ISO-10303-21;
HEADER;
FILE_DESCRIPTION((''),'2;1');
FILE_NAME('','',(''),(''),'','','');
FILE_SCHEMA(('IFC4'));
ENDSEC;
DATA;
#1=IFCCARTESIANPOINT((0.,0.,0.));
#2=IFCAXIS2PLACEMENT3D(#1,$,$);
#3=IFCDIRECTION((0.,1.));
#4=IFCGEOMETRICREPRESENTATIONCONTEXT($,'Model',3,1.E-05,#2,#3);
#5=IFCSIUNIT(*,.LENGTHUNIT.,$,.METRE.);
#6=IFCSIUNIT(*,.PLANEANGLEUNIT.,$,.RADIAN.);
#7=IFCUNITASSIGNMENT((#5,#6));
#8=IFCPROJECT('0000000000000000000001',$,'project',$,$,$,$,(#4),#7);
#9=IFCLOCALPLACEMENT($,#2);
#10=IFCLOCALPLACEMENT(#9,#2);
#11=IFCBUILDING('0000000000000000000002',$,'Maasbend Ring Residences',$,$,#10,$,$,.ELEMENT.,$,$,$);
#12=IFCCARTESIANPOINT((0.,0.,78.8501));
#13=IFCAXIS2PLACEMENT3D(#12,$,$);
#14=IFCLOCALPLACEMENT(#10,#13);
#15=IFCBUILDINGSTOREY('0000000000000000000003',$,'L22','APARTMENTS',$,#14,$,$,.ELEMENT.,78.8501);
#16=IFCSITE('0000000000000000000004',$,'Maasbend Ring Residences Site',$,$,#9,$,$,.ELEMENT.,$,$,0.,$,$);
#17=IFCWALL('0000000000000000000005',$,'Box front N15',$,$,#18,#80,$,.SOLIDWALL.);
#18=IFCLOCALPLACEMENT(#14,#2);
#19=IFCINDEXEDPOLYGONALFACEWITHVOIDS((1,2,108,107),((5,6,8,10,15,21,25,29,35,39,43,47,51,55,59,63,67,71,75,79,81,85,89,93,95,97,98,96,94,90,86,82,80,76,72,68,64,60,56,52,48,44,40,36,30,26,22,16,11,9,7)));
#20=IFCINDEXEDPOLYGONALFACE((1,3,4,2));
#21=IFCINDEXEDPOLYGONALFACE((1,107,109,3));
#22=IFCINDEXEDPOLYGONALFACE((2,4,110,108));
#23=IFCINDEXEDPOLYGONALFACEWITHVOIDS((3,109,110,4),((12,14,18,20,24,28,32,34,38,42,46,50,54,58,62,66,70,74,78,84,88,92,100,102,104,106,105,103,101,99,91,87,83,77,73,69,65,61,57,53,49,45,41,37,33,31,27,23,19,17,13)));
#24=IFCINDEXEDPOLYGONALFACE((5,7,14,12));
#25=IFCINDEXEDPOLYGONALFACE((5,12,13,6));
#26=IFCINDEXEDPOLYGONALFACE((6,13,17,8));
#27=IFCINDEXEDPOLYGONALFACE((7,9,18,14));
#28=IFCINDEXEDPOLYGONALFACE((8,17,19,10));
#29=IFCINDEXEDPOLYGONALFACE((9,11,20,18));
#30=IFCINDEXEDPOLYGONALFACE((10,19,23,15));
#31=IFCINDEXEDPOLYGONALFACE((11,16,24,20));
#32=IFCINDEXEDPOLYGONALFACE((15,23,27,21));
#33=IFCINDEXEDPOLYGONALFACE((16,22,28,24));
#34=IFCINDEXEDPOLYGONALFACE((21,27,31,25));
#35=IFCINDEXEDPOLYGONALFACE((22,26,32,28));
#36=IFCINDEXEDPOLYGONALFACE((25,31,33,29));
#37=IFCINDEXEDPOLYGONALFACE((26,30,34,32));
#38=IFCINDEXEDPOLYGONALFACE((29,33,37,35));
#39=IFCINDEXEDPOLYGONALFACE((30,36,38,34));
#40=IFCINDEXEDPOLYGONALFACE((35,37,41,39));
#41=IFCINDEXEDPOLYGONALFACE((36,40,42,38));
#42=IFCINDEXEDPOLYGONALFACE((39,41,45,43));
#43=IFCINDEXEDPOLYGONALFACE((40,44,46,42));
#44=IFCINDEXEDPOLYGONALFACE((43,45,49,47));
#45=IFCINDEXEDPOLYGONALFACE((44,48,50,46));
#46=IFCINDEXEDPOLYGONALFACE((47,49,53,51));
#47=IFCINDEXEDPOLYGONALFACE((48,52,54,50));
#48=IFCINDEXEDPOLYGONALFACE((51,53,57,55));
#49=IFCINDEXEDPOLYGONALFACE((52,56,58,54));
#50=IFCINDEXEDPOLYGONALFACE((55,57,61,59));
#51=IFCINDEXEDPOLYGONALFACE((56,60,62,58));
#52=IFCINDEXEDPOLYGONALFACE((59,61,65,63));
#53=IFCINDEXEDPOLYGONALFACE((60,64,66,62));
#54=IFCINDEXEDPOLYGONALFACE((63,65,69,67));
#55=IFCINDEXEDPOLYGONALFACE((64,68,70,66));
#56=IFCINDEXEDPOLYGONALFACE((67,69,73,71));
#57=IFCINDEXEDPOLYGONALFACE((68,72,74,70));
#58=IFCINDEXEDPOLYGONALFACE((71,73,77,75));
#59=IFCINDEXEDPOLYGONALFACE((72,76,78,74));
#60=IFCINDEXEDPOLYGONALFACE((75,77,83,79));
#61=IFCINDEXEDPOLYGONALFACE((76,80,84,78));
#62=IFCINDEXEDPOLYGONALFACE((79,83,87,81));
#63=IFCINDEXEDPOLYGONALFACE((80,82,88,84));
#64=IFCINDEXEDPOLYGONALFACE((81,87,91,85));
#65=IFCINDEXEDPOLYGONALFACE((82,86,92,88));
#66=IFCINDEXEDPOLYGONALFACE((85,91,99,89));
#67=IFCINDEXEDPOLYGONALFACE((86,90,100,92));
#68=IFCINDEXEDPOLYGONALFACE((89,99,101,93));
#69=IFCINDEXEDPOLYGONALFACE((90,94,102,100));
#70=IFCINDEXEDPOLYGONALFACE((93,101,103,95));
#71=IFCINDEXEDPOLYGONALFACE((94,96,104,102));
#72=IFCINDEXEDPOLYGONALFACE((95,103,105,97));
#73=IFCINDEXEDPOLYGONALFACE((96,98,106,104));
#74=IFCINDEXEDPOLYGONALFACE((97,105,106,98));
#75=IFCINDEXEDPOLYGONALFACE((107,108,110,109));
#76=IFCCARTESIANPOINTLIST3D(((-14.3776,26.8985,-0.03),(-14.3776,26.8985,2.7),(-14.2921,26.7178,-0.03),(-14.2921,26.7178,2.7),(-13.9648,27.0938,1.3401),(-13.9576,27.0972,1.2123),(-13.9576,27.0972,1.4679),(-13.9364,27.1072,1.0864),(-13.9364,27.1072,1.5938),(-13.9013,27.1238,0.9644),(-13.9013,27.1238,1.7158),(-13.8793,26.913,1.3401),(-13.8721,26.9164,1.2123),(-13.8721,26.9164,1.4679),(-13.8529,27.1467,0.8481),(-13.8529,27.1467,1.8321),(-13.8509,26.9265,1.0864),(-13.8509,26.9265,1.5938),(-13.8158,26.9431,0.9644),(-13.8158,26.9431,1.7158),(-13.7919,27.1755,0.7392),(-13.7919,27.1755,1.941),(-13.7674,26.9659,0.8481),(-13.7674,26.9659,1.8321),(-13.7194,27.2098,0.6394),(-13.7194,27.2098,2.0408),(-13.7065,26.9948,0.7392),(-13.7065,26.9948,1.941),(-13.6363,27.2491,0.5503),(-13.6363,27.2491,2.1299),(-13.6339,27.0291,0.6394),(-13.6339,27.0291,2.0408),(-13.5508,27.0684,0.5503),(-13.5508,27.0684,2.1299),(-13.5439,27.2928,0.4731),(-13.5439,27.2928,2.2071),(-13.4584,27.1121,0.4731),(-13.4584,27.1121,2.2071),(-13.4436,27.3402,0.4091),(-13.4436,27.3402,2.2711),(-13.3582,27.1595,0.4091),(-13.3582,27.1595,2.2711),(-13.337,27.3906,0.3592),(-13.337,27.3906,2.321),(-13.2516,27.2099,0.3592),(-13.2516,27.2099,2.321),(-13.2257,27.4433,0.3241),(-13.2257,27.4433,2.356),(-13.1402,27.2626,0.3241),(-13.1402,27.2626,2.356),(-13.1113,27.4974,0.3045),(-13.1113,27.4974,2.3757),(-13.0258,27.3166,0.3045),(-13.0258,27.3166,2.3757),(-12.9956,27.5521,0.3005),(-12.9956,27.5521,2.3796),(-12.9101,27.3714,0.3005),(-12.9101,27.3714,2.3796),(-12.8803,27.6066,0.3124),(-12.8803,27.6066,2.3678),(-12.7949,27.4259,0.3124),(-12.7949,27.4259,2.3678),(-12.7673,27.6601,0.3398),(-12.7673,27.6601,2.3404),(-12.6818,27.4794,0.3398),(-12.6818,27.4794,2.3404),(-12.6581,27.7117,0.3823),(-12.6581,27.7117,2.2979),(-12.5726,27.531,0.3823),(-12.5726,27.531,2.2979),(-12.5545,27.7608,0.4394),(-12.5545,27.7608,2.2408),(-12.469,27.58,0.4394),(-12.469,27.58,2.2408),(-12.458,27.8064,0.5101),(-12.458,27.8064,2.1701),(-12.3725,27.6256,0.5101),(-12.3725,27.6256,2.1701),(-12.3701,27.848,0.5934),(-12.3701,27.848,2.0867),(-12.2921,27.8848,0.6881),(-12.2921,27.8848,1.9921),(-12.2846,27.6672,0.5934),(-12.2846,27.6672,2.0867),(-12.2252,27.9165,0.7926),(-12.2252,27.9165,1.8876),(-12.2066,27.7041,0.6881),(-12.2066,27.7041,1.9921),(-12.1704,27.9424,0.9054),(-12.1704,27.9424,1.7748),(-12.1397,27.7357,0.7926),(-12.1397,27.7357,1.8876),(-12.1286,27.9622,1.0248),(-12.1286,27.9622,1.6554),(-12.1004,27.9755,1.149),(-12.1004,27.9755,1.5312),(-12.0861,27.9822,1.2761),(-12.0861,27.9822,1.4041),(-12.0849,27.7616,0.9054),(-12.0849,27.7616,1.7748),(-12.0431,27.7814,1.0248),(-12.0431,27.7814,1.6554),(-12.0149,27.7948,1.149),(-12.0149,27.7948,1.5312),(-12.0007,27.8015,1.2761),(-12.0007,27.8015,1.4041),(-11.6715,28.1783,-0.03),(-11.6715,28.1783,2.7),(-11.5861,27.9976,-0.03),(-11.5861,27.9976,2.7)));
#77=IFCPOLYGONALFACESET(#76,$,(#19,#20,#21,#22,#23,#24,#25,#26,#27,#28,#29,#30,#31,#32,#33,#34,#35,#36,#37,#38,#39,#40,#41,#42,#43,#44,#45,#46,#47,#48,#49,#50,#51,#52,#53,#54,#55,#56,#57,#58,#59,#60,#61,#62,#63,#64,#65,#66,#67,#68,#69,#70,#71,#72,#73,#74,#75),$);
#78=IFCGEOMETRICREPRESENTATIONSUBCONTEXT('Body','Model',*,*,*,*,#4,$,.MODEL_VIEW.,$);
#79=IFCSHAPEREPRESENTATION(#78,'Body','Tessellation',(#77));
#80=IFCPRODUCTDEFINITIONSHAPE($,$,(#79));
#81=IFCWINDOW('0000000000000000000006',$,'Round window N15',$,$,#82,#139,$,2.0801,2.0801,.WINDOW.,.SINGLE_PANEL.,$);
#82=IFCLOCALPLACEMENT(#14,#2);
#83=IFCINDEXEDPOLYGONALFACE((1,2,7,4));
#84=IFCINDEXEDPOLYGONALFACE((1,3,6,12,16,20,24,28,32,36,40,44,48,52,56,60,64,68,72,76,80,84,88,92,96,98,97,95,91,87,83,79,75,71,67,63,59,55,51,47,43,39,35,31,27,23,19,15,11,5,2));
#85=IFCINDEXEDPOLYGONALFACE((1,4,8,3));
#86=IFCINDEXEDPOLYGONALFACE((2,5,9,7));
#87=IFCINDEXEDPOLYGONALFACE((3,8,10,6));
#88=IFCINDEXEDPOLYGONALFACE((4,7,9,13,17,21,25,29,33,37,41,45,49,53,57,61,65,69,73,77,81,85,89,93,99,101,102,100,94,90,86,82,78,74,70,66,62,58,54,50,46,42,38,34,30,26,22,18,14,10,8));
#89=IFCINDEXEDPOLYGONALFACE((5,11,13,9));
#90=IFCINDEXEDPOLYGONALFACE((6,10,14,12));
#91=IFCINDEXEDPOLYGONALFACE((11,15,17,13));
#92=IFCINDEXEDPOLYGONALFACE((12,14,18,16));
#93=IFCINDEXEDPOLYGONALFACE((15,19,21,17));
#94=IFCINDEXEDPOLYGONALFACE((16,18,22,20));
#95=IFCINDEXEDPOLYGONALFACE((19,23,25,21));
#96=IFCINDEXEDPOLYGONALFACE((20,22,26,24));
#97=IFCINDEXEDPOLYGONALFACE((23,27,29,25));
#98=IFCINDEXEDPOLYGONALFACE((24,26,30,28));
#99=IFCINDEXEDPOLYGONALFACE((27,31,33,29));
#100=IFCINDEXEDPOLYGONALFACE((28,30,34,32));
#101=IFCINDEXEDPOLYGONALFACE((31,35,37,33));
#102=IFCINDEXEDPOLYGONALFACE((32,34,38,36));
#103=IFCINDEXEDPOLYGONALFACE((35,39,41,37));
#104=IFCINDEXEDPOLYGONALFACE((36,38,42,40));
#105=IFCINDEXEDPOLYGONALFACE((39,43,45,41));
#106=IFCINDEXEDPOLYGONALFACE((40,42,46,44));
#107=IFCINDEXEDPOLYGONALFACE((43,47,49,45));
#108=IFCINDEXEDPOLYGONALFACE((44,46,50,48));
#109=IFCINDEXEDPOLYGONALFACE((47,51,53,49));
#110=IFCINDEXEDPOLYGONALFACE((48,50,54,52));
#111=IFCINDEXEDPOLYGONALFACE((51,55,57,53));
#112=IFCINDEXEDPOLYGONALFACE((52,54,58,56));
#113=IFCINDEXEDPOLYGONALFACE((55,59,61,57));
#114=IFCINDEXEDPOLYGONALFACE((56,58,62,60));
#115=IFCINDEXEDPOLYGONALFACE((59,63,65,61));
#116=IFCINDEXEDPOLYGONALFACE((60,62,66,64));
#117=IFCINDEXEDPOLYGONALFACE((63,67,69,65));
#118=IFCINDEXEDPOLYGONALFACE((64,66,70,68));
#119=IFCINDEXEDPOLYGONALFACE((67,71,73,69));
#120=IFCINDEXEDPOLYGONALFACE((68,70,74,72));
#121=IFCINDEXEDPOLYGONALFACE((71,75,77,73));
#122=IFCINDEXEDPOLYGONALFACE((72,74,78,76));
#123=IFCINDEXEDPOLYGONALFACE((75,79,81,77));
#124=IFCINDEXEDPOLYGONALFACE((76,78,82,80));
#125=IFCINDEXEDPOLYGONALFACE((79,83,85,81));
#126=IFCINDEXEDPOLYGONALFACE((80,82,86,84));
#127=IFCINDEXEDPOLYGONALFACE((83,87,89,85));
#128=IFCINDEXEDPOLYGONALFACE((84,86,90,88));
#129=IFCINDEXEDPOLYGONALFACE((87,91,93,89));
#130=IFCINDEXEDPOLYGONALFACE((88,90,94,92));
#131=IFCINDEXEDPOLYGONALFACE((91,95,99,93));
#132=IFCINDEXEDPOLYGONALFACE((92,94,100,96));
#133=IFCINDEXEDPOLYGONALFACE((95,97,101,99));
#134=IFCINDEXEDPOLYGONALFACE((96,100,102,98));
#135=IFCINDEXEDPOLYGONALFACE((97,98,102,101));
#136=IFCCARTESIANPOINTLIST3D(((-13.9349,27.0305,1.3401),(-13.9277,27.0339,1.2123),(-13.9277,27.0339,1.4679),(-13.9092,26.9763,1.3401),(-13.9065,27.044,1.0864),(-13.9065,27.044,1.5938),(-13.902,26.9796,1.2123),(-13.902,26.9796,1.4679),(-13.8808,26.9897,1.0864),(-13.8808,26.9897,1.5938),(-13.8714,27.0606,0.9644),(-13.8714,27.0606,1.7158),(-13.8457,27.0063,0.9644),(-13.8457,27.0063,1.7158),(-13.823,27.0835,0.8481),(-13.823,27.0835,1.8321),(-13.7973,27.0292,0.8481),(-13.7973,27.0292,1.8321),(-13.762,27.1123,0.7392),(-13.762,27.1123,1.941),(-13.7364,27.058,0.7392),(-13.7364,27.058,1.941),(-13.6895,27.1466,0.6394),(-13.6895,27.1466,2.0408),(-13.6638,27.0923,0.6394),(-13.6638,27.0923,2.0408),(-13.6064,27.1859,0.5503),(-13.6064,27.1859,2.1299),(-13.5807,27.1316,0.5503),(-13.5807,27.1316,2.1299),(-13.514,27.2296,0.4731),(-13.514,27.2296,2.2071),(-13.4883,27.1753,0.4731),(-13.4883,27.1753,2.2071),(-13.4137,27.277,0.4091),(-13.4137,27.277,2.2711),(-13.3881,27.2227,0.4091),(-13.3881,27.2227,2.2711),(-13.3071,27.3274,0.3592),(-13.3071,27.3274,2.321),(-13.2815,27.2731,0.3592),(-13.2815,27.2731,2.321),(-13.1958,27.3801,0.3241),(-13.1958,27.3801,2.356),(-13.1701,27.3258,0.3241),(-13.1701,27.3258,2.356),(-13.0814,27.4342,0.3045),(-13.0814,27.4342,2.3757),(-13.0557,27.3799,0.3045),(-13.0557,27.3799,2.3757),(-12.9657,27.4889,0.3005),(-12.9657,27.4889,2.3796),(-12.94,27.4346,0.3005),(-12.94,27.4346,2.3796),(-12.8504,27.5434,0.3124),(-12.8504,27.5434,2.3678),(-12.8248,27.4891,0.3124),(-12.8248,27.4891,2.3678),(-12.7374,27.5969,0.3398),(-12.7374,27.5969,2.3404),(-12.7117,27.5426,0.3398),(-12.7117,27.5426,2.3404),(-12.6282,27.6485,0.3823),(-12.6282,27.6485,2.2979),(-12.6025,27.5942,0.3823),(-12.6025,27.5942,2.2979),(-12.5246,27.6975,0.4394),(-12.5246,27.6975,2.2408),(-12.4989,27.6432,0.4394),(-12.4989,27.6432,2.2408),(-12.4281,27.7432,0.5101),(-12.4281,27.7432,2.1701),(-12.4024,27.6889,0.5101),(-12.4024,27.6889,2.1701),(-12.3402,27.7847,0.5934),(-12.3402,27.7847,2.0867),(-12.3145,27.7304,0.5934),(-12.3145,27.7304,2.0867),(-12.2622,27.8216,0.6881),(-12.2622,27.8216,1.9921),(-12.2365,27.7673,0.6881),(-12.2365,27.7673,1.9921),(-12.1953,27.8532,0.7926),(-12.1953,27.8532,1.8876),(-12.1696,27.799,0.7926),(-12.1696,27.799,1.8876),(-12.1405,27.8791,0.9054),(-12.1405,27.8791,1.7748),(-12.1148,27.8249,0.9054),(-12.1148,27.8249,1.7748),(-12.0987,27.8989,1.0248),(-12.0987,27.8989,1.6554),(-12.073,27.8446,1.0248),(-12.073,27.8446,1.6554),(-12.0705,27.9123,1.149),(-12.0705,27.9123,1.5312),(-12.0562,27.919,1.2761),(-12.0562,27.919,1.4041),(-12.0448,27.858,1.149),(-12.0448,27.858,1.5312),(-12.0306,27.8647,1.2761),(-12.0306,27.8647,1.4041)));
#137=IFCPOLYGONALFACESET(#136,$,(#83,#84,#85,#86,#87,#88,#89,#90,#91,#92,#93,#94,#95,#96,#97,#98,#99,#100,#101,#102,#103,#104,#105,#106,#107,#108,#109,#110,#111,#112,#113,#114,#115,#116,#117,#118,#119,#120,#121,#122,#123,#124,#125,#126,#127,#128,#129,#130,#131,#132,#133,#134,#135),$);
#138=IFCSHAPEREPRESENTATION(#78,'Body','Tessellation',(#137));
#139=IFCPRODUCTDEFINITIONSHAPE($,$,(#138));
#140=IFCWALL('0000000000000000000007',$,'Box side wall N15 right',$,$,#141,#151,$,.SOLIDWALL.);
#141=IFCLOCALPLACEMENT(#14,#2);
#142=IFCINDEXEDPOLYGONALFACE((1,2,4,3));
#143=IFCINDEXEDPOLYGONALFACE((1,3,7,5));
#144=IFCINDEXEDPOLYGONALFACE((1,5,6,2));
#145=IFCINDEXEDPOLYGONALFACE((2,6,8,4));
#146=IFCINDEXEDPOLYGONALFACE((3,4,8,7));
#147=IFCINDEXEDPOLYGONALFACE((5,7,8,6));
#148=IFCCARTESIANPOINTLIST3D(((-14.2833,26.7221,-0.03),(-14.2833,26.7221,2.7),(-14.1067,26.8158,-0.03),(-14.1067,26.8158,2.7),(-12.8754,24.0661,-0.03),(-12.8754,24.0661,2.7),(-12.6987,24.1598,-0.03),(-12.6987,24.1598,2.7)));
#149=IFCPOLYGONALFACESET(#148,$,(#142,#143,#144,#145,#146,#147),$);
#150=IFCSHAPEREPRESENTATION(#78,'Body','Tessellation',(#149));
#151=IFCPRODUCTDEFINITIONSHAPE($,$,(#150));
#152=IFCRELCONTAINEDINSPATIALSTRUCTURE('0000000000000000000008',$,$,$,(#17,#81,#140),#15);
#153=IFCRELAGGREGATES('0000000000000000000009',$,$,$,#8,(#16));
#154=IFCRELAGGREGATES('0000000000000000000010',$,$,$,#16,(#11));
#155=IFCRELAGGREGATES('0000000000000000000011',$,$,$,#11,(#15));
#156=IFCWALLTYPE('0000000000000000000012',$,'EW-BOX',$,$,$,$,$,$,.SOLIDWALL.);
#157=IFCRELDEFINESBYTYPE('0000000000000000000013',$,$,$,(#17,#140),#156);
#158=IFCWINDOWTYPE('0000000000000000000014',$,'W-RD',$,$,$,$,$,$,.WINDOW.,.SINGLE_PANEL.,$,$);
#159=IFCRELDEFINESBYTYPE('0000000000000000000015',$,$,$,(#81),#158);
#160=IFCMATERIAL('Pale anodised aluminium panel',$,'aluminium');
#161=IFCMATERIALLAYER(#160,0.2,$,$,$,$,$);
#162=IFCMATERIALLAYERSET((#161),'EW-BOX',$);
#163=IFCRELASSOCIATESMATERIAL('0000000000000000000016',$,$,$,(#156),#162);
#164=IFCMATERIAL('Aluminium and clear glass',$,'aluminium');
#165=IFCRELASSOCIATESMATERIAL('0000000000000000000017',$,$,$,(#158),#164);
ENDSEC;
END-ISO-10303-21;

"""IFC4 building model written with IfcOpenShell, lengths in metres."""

from ifc_helpers import new_model, si_unit, direction, frame, frame_2d, origin, place, context, subcontext, project, spatial, rectangle, circle, extrude, material, layer, layer_set, type_object, element, fill, save


model = new_model("IFC4")

# Units and contexts
model_context = context("Model", 3, precision=1e-05, world=origin(), true_north=direction((0.0, 1.0)))
body_context = subcontext(model_context, "Body", "Model", "MODEL_VIEW")
ifc_project = project(units=[si_unit("LENGTHUNIT", "METRE"), si_unit("PLANEANGLEUNIT", "RADIAN")], contexts=[model_context])

# Site, building, storey
site_placement = place(None, origin())
site = spatial("IfcSite", under=ifc_project, at=site_placement, Name="Maasbend Ring Residences Site", CompositionType="ELEMENT", RefElevation=0.0)
building_placement = place(site_placement, origin())
building = spatial("IfcBuilding", under=site, at=building_placement, Name="Maasbend Ring Residences", CompositionType="ELEMENT")
storey_placement = place(building_placement, frame((0.0, 0.0, 78.8501)))
storey = spatial("IfcBuildingStorey", under=building, at=storey_placement, Name="L22", Description="APARTMENTS", CompositionType="ELEMENT", Elevation=78.8501)

# Wall, opening, window
ifc_material_1 = material(Name="Pale anodised aluminium panel", Category="aluminium")
ifc_layer_1 = layer(ifc_material_1, 0.2)
ifc_layer_set_1 = layer_set([ifc_layer_1], Name="EW-BOX")
wall_type_1 = type_object("IfcWallType", Name="EW-BOX", PredefinedType="SOLIDWALL", material=ifc_layer_set_1)
wall_1_placement = place(storey_placement, frame((-11.6289, 28.0879, -0.03), z_axis=(0.0, 0.0, 1.0), x_axis=(-0.904, -0.427532, 0.0)))
wall_1 = element("IfcWall", 1, at=wall_1_placement, inside=storey, type_object=wall_type_1, Name="Box front N15", PredefinedType="SOLIDWALL", context=body_context, shape_type="SweptSolid", body=[
    extrude(rectangle(XDim=2.9934, YDim=0.2, at=frame_2d((1.4966, 0.0))), origin(), (0.0, 0.0, 1.0), 2.73),
])
opening_1_placement = place(wall_1_placement, frame((0.4565, 0.0, 0.3301)))
opening_1 = element("IfcOpeningElement", 2, at=opening_1_placement, cuts=wall_1, PredefinedType="OPENING", context=body_context, shape_type="SweptSolid", body=[
    extrude(circle(Radius=1.04, at=frame_2d((1.04, 1.04))), frame((0.0, 0.1099, 0.0), z_axis=(0.0, -1.0, 0.0), x_axis=(1.0, 0.0, 0.0)), (0.0, 0.0, 1.0), 0.22),
])
ifc_material_2 = material(Name="Aluminium and clear glass", Category="aluminium")
window_type_1 = type_object("IfcWindowType", Name="W-RD", PartitioningType="SINGLE_PANEL", PredefinedType="WINDOW", material=ifc_material_2)
window_1_placement = place(opening_1_placement, origin())
window_1 = element("IfcWindow", 3, at=window_1_placement, inside=storey, type_object=window_type_1, Name="Round window N15", OverallHeight=2.0801, OverallWidth=2.0801, PartitioningType="SINGLE_PANEL", PredefinedType="WINDOW", context=body_context, shape_type="SweptSolid", body=[
    extrude(circle(Radius=1.04, at=frame_2d((1.04, 1.04))), frame((0.0, 0.03, 0.0), z_axis=(0.0, -1.0, 0.0), x_axis=(1.0, 0.0, 0.0)), (0.0, 0.0, 1.0), 0.0601),
])
fill(opening_1, window_1)

# Wall
wall_2_placement = place(storey_placement, frame((-12.7871, 24.113, -0.03), z_axis=(0.0, 0.0, 1.0), x_axis=(-0.468365, 0.883535, 0.0)))
element("IfcWall", 4, at=wall_2_placement, inside=storey, type_object=wall_type_1, Name="Box side wall N15 right", PredefinedType="SOLIDWALL", context=body_context, shape_type="SweptSolid", body=[
    extrude(rectangle(XDim=3.0061, YDim=0.2, at=frame_2d((1.5029, 0.0))), origin(), (0.0, 0.0, 1.0), 2.73),
])

save(model, "model.ifc")
